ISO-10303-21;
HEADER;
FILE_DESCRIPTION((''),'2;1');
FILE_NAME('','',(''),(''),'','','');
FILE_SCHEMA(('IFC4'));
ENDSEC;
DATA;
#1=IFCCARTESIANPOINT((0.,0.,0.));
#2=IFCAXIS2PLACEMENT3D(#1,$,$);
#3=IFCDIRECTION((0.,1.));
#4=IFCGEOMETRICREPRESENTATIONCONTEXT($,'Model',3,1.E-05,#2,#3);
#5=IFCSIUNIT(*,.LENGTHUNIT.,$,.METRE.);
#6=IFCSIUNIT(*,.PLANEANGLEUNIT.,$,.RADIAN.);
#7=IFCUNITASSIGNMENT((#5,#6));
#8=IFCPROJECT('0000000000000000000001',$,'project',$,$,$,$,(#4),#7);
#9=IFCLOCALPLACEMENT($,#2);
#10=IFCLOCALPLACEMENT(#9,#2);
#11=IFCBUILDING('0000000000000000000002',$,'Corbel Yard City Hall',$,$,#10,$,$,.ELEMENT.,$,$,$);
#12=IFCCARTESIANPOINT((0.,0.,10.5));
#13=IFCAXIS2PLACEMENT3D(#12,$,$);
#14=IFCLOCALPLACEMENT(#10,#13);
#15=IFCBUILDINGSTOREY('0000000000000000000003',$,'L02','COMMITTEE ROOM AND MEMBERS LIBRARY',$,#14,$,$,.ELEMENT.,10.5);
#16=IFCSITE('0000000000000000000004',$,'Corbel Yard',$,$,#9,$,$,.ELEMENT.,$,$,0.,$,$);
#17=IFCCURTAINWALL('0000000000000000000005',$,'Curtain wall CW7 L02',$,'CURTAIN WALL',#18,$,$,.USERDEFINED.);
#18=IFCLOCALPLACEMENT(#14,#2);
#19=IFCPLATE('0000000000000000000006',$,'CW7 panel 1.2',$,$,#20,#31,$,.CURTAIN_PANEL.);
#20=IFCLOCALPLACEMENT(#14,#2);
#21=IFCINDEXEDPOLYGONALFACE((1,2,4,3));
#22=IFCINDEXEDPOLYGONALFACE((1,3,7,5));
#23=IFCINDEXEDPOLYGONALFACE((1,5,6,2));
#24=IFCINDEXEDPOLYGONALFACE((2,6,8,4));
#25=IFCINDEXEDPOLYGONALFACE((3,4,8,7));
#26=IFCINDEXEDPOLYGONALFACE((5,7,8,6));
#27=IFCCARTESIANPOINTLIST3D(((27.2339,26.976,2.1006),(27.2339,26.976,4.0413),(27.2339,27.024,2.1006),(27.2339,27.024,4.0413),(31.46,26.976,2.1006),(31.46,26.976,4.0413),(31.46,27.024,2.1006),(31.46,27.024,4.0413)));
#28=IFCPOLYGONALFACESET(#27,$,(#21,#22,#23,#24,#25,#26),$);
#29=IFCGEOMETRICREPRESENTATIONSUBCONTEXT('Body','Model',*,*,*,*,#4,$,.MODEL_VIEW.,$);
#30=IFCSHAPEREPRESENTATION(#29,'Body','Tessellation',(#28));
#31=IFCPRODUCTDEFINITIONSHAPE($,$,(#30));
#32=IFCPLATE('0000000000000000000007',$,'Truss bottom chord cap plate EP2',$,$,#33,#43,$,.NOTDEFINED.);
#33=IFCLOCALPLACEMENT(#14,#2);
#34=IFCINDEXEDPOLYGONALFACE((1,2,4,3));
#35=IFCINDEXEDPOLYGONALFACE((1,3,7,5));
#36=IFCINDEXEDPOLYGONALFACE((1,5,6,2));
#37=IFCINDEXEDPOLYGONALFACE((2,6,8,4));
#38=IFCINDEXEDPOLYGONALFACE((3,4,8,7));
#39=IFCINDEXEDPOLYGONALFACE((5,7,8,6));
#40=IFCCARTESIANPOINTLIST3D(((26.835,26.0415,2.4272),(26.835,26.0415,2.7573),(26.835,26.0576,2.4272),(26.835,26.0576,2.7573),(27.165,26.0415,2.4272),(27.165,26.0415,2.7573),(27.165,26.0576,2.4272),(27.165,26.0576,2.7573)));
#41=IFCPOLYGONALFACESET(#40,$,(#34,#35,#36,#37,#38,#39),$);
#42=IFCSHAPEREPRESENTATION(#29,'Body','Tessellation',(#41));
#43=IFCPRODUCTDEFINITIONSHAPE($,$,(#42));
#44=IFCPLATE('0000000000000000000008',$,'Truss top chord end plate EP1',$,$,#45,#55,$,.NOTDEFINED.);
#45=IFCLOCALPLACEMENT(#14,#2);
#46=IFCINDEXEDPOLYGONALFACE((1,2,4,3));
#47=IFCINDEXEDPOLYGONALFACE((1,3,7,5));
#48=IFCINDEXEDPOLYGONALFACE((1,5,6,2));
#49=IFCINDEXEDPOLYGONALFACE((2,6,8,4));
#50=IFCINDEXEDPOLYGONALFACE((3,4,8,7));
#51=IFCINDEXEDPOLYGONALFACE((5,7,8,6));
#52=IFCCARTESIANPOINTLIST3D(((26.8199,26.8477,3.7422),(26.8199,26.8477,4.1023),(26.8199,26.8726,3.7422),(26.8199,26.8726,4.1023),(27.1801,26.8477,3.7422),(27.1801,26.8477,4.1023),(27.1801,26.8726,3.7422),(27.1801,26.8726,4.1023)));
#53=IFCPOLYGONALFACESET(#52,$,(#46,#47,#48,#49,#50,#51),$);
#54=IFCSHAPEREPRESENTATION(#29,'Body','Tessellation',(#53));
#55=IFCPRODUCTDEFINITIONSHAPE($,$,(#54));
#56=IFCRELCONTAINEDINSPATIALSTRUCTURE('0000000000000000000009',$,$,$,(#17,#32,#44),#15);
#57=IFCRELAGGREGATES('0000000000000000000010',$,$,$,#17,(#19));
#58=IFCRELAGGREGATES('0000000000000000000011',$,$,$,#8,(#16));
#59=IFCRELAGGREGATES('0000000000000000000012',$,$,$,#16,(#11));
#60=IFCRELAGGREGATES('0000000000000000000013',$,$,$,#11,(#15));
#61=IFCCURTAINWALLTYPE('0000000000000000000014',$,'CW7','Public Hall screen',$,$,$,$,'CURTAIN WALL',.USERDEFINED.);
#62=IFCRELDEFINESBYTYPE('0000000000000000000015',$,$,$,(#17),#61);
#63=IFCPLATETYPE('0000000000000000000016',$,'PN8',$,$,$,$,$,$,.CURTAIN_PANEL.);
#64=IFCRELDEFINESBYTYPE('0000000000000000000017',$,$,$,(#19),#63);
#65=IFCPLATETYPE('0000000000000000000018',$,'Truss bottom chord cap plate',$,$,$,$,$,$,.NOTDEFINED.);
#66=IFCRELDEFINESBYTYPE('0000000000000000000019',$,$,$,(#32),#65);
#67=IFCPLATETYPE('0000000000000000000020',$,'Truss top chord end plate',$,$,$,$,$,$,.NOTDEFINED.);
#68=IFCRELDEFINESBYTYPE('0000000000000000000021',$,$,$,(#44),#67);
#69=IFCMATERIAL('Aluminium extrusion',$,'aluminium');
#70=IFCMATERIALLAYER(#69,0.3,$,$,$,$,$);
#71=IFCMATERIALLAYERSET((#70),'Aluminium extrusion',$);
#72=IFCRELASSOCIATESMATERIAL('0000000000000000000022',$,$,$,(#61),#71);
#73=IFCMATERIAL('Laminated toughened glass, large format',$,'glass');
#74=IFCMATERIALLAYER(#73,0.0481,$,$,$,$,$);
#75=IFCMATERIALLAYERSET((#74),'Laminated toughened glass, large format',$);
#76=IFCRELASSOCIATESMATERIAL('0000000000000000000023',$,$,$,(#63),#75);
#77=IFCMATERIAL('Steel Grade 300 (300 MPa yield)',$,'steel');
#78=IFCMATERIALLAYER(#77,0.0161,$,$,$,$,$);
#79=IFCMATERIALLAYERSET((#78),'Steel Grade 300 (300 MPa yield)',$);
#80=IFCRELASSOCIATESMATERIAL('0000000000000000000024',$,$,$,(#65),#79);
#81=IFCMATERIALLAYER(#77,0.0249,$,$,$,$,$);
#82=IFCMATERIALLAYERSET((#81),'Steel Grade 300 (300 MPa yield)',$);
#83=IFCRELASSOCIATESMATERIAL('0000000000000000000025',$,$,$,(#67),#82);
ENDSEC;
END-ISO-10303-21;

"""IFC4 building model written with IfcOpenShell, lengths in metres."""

from ifc_helpers import new_model, si_unit, direction, frame, origin, origin_2d, place, context, subcontext, project, spatial, rectangle, extrude, material, layer, layer_set, type_object, element, aggregate, save


model = new_model("IFC4")

# Units and contexts
model_context = context("Model", 3, precision=1e-05, world=origin(), true_north=direction((0.0, 1.0)))
body_context = subcontext(model_context, "Body", "Model", "MODEL_VIEW")
ifc_project = project(units=[si_unit("LENGTHUNIT", "METRE"), si_unit("PLANEANGLEUNIT", "RADIAN")], contexts=[model_context])

# Site, building, storey
site_placement = place(None, origin())
site = spatial("IfcSite", under=ifc_project, at=site_placement, Name="Corbel Yard", CompositionType="ELEMENT", RefElevation=0.0)
building_placement = place(site_placement, origin())
building = spatial("IfcBuilding", under=site, at=building_placement, Name="Corbel Yard City Hall", CompositionType="ELEMENT")
storey_placement = place(building_placement, frame((0.0, 0.0, 10.5)))
storey = spatial("IfcBuildingStorey", under=building, at=storey_placement, Name="L02", Description="COMMITTEE ROOM AND MEMBERS LIBRARY", CompositionType="ELEMENT", Elevation=10.5)

# Shared definitions
ifc_material_1 = material(Name="Steel Grade 300 (300 MPa yield)", Category="steel")

# Curtain wall
ifc_material_2 = material(Name="Aluminium extrusion", Category="aluminium")
ifc_layer_1 = layer(ifc_material_2, 0.3)
ifc_layer_set_1 = layer_set([ifc_layer_1], Name="Aluminium extrusion")
curtain_wall_type = type_object("IfcCurtainWallType", Name="CW7", Description="Public Hall screen", ElementType="CURTAIN WALL", PredefinedType="USERDEFINED", material=ifc_layer_set_1)
curtain_wall_placement = place(storey_placement, origin())
curtain_wall = element("IfcCurtainWall", 1, at=curtain_wall_placement, inside=storey, type_object=curtain_wall_type, Name="Curtain wall CW7 L02", ObjectType="CURTAIN WALL", PredefinedType="USERDEFINED")

# Plate
ifc_material_3 = material(Name="Laminated toughened glass, large format", Category="glass")
ifc_layer_2 = layer(ifc_material_3, 0.0481)
ifc_layer_set_2 = layer_set([ifc_layer_2], Name="Laminated toughened glass, large format")
plate_type_1 = type_object("IfcPlateType", Name="PN8", PredefinedType="CURTAIN_PANEL", material=ifc_layer_set_2)
plate_1_placement = place(storey_placement, frame((29.3469, 27.0, 2.1006), z_axis=(0.0, 0.0, 1.0), x_axis=(1.0, 0.0, 0.0)))
plate_1 = element("IfcPlate", 2, at=plate_1_placement, type_object=plate_type_1, Name="CW7 panel 1.2", PredefinedType="CURTAIN_PANEL", context=body_context, shape_type="SweptSolid", body=[
    extrude(rectangle(XDim=4.2261, YDim=0.0481, at=origin_2d()), origin(), (0.0, 0.0, 1.0), 1.9407),
])
aggregate(curtain_wall, [plate_1])

# Plates
ifc_layer_3 = layer(ifc_material_1, 0.0161)
ifc_layer_set_3 = layer_set([ifc_layer_3], Name="Steel Grade 300 (300 MPa yield)")
plate_type_2 = type_object("IfcPlateType", Name="Truss bottom chord cap plate", PredefinedType="NOTDEFINED", material=ifc_layer_set_3)
plate_2_placement = place(storey_placement, frame((27.0, 26.0496, 2.4272), z_axis=(0.0, 0.0, 1.0), x_axis=(1.0, 0.0, 0.0)))
element("IfcPlate", 3, at=plate_2_placement, inside=storey, type_object=plate_type_2, Name="Truss bottom chord cap plate EP2", PredefinedType="NOTDEFINED", context=body_context, shape_type="SweptSolid", body=[
    extrude(rectangle(XDim=0.3301, YDim=0.0161, at=origin_2d()), origin(), (0.0, 0.0, 1.0), 0.3301),
])
ifc_layer_4 = layer(ifc_material_1, 0.0249)
ifc_layer_set_4 = layer_set([ifc_layer_4], Name="Steel Grade 300 (300 MPa yield)")
plate_type_3 = type_object("IfcPlateType", Name="Truss top chord end plate", PredefinedType="NOTDEFINED", material=ifc_layer_set_4)
plate_3_placement = place(storey_placement, frame((27.0, 26.8601, 3.7422), z_axis=(0.0, 0.0, 1.0), x_axis=(1.0, 0.0, 0.0)))
element("IfcPlate", 4, at=plate_3_placement, inside=storey, type_object=plate_type_3, Name="Truss top chord end plate EP1", PredefinedType="NOTDEFINED", context=body_context, shape_type="SweptSolid", body=[
    extrude(rectangle(XDim=0.3601, YDim=0.0249, at=origin_2d()), origin(), (0.0, 0.0, 1.0), 0.3601),
])

save(model, "model.ifc")
